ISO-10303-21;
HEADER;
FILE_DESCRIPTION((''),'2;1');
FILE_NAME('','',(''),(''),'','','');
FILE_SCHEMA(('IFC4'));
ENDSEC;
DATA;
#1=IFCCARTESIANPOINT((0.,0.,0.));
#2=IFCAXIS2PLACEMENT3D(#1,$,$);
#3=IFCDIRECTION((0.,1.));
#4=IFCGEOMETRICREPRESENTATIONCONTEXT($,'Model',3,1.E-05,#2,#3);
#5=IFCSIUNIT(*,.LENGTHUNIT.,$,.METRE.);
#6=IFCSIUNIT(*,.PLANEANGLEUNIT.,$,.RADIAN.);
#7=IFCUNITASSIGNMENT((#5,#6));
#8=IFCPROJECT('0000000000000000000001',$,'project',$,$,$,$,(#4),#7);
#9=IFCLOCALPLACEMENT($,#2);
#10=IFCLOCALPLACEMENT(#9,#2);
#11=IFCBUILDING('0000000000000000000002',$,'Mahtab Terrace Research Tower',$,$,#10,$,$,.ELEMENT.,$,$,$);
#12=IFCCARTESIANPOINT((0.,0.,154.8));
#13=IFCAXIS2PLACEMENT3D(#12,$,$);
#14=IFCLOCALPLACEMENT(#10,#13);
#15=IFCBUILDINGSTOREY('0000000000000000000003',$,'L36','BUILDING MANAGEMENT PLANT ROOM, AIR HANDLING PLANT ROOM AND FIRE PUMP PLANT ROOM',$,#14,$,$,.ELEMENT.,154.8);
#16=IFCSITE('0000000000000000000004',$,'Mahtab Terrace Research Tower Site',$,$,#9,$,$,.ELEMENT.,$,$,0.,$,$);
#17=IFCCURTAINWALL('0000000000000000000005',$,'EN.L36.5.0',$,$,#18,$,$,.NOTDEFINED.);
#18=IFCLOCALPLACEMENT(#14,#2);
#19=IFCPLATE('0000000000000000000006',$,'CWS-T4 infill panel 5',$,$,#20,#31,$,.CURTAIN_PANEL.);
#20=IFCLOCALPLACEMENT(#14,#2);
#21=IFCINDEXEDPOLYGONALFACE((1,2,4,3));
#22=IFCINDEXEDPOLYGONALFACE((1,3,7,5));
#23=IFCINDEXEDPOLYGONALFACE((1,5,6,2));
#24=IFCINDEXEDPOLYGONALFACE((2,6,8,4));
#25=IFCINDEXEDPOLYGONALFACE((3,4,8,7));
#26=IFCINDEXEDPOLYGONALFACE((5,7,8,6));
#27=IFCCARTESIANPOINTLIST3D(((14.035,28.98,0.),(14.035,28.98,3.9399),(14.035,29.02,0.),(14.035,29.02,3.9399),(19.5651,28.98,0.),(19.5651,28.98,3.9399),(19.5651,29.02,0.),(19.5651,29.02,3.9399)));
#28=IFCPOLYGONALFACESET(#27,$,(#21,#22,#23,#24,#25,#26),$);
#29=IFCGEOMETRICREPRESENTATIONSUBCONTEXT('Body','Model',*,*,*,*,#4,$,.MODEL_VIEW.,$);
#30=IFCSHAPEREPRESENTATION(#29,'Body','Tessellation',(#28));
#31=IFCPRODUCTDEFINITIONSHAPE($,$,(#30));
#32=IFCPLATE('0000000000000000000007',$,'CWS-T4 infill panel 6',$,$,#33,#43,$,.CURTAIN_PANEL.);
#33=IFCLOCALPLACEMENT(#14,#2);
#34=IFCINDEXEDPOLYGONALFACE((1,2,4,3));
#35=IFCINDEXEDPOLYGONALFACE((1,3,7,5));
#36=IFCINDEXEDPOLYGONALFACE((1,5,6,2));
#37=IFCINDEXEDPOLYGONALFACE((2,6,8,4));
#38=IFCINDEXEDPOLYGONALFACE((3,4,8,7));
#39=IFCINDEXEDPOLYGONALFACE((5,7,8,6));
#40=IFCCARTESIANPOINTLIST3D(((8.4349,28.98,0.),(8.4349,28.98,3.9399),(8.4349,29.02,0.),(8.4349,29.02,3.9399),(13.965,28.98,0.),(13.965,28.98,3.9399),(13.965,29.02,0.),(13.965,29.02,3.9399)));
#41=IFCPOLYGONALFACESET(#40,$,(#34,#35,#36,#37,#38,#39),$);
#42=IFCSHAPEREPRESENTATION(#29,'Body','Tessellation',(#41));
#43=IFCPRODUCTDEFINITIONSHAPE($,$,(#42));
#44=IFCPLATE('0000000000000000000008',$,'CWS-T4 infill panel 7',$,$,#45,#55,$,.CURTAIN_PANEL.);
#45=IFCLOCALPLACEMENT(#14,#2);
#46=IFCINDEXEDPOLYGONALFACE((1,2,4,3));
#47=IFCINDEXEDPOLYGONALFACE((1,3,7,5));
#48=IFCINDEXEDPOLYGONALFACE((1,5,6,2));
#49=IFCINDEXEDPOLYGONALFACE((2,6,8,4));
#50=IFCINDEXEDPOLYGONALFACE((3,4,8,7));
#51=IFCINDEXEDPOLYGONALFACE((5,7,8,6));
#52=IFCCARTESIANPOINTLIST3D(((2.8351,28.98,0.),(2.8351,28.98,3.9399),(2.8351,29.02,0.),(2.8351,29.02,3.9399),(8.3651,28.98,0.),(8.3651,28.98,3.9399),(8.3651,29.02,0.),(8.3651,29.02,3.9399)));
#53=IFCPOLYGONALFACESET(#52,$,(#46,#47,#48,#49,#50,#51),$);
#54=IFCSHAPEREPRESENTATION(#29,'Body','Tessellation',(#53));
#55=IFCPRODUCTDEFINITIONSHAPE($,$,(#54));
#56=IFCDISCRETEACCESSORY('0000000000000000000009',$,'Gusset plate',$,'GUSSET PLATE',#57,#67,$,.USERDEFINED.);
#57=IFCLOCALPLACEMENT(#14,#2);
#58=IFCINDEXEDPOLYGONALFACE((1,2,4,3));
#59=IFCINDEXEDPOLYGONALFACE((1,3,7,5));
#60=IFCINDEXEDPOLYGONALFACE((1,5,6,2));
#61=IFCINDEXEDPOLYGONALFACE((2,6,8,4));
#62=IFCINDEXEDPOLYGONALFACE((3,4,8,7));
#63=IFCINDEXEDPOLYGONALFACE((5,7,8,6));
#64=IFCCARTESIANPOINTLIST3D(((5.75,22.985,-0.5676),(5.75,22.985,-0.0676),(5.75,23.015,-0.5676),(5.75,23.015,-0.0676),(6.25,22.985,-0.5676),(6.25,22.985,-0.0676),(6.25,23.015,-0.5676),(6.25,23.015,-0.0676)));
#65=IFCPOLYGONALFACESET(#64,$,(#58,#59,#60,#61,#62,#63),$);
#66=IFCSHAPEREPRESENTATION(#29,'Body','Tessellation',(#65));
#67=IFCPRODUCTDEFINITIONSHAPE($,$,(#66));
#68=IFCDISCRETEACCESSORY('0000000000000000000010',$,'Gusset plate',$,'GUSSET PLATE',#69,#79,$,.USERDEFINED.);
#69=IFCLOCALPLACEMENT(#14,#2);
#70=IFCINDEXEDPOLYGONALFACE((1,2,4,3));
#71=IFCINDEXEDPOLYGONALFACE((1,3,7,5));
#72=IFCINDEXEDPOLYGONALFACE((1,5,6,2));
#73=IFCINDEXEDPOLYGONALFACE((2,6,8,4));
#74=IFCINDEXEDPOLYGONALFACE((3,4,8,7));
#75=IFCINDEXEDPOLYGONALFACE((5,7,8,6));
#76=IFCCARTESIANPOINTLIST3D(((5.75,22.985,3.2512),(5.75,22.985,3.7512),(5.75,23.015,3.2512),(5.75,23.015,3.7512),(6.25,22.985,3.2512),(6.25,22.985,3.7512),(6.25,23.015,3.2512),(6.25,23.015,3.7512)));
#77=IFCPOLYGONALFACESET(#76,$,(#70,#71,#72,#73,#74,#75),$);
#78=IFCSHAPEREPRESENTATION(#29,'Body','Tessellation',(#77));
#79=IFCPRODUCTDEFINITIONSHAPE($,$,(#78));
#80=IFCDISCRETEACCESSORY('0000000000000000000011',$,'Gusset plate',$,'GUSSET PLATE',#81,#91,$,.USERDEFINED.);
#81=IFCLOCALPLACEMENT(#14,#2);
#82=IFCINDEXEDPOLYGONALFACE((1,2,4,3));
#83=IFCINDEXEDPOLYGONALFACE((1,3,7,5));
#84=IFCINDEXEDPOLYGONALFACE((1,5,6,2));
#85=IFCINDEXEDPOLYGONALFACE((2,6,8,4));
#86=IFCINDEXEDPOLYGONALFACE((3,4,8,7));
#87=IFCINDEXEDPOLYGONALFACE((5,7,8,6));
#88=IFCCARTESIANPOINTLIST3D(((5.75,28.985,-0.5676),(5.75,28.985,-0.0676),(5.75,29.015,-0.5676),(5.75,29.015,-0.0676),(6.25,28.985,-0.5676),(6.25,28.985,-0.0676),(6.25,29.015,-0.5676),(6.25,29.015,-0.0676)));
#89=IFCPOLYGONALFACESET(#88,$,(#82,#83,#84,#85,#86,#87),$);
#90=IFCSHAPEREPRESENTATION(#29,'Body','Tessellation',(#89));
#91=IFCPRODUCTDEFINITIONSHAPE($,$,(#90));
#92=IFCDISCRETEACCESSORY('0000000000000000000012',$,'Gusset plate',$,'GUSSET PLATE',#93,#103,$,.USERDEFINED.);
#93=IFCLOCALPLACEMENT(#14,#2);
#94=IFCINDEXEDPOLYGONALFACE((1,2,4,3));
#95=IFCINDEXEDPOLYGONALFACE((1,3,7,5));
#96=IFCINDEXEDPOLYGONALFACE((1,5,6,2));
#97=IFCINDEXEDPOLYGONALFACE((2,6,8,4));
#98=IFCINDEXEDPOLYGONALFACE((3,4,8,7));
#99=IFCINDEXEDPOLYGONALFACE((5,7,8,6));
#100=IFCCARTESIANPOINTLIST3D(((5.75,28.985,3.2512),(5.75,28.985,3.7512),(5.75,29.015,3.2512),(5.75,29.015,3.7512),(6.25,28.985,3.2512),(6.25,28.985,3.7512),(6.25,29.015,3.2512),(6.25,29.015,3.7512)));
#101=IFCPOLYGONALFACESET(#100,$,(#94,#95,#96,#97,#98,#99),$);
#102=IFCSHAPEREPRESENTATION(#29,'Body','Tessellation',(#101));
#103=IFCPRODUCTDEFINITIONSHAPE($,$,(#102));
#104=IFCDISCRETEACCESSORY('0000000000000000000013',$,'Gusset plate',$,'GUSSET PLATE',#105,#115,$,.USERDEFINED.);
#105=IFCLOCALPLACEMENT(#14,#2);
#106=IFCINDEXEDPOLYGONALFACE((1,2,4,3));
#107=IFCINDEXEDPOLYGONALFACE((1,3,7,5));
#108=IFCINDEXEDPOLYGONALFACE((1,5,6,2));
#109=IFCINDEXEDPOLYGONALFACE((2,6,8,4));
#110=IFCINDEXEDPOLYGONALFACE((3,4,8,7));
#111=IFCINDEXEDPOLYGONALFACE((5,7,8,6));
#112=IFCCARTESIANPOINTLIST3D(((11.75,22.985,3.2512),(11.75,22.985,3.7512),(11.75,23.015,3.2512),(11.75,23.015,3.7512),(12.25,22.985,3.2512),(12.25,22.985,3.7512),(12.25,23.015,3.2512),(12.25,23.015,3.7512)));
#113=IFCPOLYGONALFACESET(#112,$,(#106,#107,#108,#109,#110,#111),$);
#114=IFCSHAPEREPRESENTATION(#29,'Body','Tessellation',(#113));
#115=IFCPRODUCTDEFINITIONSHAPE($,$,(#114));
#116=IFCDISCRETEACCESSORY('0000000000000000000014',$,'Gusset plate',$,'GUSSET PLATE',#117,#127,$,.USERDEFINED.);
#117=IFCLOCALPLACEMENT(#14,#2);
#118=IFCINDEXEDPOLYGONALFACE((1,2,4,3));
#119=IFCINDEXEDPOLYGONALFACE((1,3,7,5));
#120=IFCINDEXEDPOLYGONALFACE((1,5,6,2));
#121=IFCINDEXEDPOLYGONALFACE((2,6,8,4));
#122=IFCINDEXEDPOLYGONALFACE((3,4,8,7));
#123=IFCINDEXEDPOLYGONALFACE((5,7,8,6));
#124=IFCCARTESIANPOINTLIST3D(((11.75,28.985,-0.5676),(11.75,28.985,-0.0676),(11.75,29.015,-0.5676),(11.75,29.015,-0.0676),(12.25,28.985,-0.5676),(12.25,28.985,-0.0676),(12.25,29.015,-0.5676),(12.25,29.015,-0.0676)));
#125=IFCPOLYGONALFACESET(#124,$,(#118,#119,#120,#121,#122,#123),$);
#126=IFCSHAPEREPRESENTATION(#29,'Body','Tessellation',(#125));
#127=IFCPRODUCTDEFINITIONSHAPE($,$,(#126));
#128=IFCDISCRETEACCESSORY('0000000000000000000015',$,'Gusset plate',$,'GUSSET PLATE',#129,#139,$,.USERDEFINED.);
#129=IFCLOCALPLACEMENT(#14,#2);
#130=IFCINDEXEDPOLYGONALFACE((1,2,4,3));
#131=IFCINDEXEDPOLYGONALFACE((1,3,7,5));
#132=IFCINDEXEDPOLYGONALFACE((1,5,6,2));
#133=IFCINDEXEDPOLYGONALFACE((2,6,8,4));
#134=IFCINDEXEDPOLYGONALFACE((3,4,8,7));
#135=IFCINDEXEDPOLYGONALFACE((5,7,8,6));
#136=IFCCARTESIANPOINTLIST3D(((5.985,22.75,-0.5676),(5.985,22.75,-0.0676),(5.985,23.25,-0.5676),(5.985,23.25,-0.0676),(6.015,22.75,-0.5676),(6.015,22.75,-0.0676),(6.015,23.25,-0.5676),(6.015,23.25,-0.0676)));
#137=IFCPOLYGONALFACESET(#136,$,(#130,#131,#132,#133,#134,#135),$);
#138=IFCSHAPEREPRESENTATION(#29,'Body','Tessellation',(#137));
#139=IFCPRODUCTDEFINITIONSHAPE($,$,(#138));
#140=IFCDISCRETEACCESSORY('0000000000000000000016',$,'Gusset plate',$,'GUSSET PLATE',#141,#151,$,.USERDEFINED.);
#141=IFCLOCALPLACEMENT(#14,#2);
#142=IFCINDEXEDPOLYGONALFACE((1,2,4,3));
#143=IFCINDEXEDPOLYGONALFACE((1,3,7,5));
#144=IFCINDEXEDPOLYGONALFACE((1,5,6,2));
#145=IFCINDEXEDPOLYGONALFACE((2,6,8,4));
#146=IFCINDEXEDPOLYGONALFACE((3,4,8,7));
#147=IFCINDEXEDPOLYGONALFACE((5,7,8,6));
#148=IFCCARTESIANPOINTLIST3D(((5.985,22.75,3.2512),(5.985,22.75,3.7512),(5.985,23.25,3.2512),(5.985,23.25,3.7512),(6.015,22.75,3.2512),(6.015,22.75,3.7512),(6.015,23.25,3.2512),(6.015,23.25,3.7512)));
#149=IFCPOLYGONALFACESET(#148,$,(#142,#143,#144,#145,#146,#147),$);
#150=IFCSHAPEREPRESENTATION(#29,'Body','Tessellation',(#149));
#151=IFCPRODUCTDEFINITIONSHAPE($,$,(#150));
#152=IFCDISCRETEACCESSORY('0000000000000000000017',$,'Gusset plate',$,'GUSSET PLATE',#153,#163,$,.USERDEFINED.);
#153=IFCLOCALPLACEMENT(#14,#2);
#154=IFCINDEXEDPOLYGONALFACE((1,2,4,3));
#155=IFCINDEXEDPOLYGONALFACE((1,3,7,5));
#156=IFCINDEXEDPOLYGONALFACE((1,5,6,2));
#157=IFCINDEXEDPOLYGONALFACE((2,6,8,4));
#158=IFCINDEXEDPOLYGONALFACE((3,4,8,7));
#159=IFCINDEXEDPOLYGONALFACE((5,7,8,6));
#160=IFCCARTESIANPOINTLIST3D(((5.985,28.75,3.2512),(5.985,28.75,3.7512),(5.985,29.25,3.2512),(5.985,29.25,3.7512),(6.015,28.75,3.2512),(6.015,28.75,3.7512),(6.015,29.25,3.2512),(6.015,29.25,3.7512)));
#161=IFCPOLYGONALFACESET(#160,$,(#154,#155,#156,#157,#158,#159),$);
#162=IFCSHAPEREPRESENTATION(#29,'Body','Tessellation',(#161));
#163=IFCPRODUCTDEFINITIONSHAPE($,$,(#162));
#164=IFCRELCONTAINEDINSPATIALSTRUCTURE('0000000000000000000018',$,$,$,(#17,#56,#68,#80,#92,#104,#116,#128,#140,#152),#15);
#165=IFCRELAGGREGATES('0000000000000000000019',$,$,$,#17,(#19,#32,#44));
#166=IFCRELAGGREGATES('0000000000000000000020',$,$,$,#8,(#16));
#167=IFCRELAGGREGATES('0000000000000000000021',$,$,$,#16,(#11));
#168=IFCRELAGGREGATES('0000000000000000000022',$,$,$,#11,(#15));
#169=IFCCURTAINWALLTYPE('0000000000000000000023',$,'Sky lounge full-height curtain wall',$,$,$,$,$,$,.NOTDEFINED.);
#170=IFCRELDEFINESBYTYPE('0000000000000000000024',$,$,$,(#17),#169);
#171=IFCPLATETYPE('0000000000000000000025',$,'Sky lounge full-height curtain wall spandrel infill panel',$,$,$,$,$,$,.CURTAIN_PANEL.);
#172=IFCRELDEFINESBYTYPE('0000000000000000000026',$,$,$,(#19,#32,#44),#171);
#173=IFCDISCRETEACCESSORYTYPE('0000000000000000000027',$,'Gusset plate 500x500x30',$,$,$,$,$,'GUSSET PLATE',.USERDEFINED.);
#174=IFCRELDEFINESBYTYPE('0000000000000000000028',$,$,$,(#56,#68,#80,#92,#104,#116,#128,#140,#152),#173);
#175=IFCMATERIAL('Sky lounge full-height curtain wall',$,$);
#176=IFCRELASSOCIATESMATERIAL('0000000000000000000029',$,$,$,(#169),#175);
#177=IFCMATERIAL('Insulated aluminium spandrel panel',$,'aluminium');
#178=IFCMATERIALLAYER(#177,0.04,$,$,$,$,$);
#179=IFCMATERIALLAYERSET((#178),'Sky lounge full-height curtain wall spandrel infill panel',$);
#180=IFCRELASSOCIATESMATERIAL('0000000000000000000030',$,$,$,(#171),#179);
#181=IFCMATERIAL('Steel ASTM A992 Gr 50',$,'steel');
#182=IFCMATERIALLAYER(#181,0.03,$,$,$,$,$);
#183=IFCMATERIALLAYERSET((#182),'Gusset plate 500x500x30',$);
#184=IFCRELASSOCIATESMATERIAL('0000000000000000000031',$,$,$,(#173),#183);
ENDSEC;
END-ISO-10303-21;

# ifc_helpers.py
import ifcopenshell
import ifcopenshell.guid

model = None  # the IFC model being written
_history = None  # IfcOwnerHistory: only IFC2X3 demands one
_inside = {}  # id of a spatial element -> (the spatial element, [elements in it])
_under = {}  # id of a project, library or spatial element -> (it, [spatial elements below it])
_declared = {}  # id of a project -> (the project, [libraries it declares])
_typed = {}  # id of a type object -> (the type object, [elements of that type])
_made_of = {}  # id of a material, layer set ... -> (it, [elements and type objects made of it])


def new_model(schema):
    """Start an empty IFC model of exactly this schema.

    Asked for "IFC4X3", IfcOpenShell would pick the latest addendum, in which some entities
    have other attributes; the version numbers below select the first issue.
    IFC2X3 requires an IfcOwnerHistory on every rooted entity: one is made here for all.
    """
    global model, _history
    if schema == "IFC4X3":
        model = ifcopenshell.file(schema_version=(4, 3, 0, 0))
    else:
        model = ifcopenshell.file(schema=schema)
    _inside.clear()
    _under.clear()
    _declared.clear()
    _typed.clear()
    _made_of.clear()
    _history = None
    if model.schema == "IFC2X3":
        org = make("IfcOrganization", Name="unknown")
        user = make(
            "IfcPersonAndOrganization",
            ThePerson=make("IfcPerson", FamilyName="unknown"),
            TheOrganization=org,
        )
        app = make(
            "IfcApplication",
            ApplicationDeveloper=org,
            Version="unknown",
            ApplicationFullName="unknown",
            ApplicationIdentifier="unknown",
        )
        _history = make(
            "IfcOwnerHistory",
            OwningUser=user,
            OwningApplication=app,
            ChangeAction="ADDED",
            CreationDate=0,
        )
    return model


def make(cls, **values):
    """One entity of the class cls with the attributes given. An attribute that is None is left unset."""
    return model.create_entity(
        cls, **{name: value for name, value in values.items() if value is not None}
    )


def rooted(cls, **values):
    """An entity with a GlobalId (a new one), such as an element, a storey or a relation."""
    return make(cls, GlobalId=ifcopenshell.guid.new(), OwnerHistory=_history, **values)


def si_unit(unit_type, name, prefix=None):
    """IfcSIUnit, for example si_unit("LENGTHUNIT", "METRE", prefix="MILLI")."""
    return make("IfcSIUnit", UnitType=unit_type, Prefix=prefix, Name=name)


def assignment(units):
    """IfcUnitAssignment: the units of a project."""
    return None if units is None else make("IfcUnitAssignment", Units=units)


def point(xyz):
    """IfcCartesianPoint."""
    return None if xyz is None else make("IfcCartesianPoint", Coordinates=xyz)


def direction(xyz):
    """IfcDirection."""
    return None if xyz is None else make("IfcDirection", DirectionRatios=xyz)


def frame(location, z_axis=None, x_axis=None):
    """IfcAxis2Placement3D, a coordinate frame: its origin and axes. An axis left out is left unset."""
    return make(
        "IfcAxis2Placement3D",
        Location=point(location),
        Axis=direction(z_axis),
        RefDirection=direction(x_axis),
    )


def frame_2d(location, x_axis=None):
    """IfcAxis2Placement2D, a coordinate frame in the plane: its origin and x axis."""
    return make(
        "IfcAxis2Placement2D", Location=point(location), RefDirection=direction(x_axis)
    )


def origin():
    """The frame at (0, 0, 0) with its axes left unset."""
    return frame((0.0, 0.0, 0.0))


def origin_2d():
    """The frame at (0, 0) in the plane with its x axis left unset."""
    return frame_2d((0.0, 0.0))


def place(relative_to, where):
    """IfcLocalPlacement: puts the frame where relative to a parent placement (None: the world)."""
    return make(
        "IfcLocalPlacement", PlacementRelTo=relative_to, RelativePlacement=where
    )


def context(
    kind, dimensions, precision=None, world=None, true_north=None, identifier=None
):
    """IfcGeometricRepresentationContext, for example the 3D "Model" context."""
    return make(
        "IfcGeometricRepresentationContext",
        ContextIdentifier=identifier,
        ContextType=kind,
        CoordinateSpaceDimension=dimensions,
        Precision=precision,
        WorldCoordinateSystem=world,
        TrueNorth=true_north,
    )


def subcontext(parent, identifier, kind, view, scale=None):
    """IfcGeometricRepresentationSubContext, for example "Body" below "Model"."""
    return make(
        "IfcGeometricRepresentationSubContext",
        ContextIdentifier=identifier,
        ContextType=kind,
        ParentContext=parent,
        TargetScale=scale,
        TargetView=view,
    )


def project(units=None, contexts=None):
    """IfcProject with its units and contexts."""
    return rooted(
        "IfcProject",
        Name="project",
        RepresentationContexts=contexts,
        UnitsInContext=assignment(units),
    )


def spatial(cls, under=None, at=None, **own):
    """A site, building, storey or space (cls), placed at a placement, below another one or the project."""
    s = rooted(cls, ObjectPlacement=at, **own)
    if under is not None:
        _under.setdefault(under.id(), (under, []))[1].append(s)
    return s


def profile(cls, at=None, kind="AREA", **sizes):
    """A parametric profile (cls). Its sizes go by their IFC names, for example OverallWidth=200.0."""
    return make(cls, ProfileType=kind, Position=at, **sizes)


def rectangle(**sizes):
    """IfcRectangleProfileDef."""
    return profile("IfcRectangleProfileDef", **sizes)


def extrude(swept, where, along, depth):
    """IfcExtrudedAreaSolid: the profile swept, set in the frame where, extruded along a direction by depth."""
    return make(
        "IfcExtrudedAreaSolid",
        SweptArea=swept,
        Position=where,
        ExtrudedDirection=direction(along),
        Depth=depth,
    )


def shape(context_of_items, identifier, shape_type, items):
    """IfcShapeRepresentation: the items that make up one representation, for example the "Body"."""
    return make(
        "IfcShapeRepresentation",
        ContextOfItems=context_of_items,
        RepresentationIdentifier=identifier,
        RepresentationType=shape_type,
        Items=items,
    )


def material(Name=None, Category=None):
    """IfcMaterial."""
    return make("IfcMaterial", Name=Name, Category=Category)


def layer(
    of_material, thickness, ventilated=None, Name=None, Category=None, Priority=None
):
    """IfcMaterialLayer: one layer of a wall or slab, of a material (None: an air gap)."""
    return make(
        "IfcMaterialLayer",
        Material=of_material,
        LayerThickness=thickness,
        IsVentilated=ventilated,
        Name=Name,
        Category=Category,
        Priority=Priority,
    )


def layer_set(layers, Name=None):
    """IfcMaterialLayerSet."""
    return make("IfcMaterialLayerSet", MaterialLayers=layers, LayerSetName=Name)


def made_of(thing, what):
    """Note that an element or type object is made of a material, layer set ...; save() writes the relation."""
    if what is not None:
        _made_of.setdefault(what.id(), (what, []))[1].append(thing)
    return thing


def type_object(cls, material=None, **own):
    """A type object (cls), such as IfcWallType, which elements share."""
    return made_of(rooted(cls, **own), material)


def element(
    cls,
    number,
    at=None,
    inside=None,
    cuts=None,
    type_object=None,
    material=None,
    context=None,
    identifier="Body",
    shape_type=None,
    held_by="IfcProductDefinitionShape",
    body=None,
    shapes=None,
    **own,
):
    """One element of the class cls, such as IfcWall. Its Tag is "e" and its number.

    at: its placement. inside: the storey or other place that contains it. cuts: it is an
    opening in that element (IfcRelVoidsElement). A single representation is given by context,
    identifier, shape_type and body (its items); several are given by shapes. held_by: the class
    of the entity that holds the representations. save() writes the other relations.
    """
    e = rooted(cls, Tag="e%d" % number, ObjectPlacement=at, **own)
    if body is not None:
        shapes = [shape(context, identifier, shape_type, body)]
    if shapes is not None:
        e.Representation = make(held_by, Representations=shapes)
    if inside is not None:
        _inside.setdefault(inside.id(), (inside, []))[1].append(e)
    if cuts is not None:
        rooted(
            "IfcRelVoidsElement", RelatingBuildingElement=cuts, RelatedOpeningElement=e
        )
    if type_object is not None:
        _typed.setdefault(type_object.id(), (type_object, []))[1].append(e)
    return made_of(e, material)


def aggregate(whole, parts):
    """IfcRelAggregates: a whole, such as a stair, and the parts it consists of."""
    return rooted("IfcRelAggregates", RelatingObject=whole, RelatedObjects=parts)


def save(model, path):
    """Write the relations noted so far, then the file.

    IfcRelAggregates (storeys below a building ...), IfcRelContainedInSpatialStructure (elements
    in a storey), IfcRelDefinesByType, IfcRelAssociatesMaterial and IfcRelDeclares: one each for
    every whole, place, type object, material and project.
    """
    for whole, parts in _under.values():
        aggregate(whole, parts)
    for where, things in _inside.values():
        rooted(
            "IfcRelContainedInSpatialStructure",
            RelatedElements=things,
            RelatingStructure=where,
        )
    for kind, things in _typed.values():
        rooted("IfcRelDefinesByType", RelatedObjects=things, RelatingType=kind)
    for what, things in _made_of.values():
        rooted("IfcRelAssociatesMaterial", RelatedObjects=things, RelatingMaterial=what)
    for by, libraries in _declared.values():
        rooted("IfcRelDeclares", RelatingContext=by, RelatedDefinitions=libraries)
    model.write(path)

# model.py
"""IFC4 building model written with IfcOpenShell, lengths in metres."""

from ifc_helpers import new_model, si_unit, direction, frame, origin, origin_2d, place, context, subcontext, project, spatial, rectangle, extrude, material, layer, layer_set, type_object, element, aggregate, save


model = new_model("IFC4")

# Units and contexts
model_context = context("Model", 3, precision=1e-05, world=origin(), true_north=direction((0.0, 1.0)))
body_context = subcontext(model_context, "Body", "Model", "MODEL_VIEW")
ifc_project = project(units=[si_unit("LENGTHUNIT", "METRE"), si_unit("PLANEANGLEUNIT", "RADIAN")], contexts=[model_context])

# Site, building, storey
site_placement = place(None, origin())
site = spatial("IfcSite", under=ifc_project, at=site_placement, Name="Mahtab Terrace Research Tower Site", CompositionType="ELEMENT", RefElevation=0.0)
building_placement = place(site_placement, origin())
building = spatial("IfcBuilding", under=site, at=building_placement, Name="Mahtab Terrace Research Tower", CompositionType="ELEMENT")
storey_placement = place(building_placement, frame((0.0, 0.0, 154.8)))
storey = spatial("IfcBuildingStorey", under=building, at=storey_placement, Name="L36", Description="BUILDING MANAGEMENT PLANT ROOM, AIR HANDLING PLANT ROOM AND FIRE PUMP PLANT ROOM", CompositionType="ELEMENT", Elevation=154.8)

# Shared definitions
ifc_material_1 = material(Name="Steel ASTM A992 Gr 50", Category="steel")

# Curtain wall
ifc_material_2 = material(Name="Sky lounge full-height curtain wall")
curtain_wall_type = type_object("IfcCurtainWallType", Name="Sky lounge full-height curtain wall", PredefinedType="NOTDEFINED", material=ifc_material_2)
curtain_wall_placement = place(storey_placement, origin())
curtain_wall = element("IfcCurtainWall", 1, at=curtain_wall_placement, inside=storey, type_object=curtain_wall_type, Name="EN.L36.5.0", PredefinedType="NOTDEFINED")

# Plates
ifc_material_3 = material(Name="Insulated aluminium spandrel panel", Category="aluminium")
ifc_layer_1 = layer(ifc_material_3, 0.04)
ifc_layer_set_1 = layer_set([ifc_layer_1], Name="Sky lounge full-height curtain wall spandrel infill panel")
plate_type = type_object("IfcPlateType", Name="Sky lounge full-height curtain wall spandrel infill panel", PredefinedType="CURTAIN_PANEL", material=ifc_layer_set_1)
plate_1_placement = place(storey_placement, frame((16.8, 29.0, 0.0), z_axis=(0.0, 0.0, 1.0), x_axis=(-1.0, 0.0, 0.0)))
plate_1 = element("IfcPlate", 2, at=plate_1_placement, type_object=plate_type, Name="CWS-T4 infill panel 5", PredefinedType="CURTAIN_PANEL", context=body_context, shape_type="SweptSolid", body=[
    extrude(rectangle(XDim=5.53, YDim=0.04, at=origin_2d()), origin(), (0.0, 0.0, 1.0), 3.9399),
])
plate_2_placement = place(storey_placement, frame((11.2, 29.0, 0.0), z_axis=(0.0, 0.0, 1.0), x_axis=(-1.0, 0.0, 0.0)))
plate_2 = element("IfcPlate", 3, at=plate_2_placement, type_object=plate_type, Name="CWS-T4 infill panel 6", PredefinedType="CURTAIN_PANEL", context=body_context, shape_type="SweptSolid", body=[
    extrude(rectangle(XDim=5.53, YDim=0.04, at=origin_2d()), origin(), (0.0, 0.0, 1.0), 3.9399),
])
plate_3_placement = place(storey_placement, frame((5.6001, 29.0, 0.0), z_axis=(0.0, 0.0, 1.0), x_axis=(-1.0, 0.0, 0.0)))
plate_3 = element("IfcPlate", 4, at=plate_3_placement, type_object=plate_type, Name="CWS-T4 infill panel 7", PredefinedType="CURTAIN_PANEL", context=body_context, shape_type="SweptSolid", body=[
    extrude(rectangle(XDim=5.53, YDim=0.04, at=origin_2d()), origin(), (0.0, 0.0, 1.0), 3.9399),
])
aggregate(curtain_wall, [plate_1, plate_2, plate_3])

# Discrete accessories
ifc_layer_2 = layer(ifc_material_1, 0.03)
ifc_layer_set_2 = layer_set([ifc_layer_2], Name="Gusset plate 500x500x30")
discrete_accessory_type = type_object("IfcDiscreteAccessoryType", Name="Gusset plate 500x500x30", ElementType="GUSSET PLATE", PredefinedType="USERDEFINED", material=ifc_layer_set_2)
for number, where, z_axis, x_axis, name in (
    (5, (6.0, 23.0, -0.5676), (0.0, 0.0, 1.0), (1.0, 0.0, 0.0), "Gusset plate"),
    (6, (6.0, 23.0, 3.2512), (0.0, 0.0, 1.0), (1.0, 0.0, 0.0), "Gusset plate"),
    (7, (6.0, 29.0, -0.5676), (0.0, 0.0, 1.0), (1.0, 0.0, 0.0), "Gusset plate"),
    (8, (6.0, 29.0, 3.2512), (0.0, 0.0, 1.0), (1.0, 0.0, 0.0), "Gusset plate"),
    (9, (12.0, 23.0, 3.2512), (0.0, 0.0, 1.0), (1.0, 0.0, 0.0), "Gusset plate"),
    (10, (12.0, 29.0, -0.5676), (0.0, 0.0, 1.0), (1.0, 0.0, 0.0), "Gusset plate"),
    (11, (6.0, 23.0, -0.5676), (0.0, 0.0, 1.0), (0.0, 1.0, 0.0), "Gusset plate"),
    (12, (6.0, 23.0, 3.2512), (0.0, 0.0, 1.0), (0.0, 1.0, 0.0), "Gusset plate"),
    (13, (6.0, 29.0, 3.2512), (0.0, 0.0, 1.0), (0.0, 1.0, 0.0), "Gusset plate"),
):
    element("IfcDiscreteAccessory", number, at=place(storey_placement, frame(where, z_axis=z_axis, x_axis=x_axis)), inside=storey, type_object=discrete_accessory_type, Name=name, ObjectType="GUSSET PLATE", PredefinedType="USERDEFINED", context=body_context, shape_type="SweptSolid", body=[
        extrude(rectangle(XDim=0.5, YDim=0.03, at=origin_2d()), origin(), (0.0, 0.0, 1.0), 0.5),
    ])

save(model, "model.ifc")
